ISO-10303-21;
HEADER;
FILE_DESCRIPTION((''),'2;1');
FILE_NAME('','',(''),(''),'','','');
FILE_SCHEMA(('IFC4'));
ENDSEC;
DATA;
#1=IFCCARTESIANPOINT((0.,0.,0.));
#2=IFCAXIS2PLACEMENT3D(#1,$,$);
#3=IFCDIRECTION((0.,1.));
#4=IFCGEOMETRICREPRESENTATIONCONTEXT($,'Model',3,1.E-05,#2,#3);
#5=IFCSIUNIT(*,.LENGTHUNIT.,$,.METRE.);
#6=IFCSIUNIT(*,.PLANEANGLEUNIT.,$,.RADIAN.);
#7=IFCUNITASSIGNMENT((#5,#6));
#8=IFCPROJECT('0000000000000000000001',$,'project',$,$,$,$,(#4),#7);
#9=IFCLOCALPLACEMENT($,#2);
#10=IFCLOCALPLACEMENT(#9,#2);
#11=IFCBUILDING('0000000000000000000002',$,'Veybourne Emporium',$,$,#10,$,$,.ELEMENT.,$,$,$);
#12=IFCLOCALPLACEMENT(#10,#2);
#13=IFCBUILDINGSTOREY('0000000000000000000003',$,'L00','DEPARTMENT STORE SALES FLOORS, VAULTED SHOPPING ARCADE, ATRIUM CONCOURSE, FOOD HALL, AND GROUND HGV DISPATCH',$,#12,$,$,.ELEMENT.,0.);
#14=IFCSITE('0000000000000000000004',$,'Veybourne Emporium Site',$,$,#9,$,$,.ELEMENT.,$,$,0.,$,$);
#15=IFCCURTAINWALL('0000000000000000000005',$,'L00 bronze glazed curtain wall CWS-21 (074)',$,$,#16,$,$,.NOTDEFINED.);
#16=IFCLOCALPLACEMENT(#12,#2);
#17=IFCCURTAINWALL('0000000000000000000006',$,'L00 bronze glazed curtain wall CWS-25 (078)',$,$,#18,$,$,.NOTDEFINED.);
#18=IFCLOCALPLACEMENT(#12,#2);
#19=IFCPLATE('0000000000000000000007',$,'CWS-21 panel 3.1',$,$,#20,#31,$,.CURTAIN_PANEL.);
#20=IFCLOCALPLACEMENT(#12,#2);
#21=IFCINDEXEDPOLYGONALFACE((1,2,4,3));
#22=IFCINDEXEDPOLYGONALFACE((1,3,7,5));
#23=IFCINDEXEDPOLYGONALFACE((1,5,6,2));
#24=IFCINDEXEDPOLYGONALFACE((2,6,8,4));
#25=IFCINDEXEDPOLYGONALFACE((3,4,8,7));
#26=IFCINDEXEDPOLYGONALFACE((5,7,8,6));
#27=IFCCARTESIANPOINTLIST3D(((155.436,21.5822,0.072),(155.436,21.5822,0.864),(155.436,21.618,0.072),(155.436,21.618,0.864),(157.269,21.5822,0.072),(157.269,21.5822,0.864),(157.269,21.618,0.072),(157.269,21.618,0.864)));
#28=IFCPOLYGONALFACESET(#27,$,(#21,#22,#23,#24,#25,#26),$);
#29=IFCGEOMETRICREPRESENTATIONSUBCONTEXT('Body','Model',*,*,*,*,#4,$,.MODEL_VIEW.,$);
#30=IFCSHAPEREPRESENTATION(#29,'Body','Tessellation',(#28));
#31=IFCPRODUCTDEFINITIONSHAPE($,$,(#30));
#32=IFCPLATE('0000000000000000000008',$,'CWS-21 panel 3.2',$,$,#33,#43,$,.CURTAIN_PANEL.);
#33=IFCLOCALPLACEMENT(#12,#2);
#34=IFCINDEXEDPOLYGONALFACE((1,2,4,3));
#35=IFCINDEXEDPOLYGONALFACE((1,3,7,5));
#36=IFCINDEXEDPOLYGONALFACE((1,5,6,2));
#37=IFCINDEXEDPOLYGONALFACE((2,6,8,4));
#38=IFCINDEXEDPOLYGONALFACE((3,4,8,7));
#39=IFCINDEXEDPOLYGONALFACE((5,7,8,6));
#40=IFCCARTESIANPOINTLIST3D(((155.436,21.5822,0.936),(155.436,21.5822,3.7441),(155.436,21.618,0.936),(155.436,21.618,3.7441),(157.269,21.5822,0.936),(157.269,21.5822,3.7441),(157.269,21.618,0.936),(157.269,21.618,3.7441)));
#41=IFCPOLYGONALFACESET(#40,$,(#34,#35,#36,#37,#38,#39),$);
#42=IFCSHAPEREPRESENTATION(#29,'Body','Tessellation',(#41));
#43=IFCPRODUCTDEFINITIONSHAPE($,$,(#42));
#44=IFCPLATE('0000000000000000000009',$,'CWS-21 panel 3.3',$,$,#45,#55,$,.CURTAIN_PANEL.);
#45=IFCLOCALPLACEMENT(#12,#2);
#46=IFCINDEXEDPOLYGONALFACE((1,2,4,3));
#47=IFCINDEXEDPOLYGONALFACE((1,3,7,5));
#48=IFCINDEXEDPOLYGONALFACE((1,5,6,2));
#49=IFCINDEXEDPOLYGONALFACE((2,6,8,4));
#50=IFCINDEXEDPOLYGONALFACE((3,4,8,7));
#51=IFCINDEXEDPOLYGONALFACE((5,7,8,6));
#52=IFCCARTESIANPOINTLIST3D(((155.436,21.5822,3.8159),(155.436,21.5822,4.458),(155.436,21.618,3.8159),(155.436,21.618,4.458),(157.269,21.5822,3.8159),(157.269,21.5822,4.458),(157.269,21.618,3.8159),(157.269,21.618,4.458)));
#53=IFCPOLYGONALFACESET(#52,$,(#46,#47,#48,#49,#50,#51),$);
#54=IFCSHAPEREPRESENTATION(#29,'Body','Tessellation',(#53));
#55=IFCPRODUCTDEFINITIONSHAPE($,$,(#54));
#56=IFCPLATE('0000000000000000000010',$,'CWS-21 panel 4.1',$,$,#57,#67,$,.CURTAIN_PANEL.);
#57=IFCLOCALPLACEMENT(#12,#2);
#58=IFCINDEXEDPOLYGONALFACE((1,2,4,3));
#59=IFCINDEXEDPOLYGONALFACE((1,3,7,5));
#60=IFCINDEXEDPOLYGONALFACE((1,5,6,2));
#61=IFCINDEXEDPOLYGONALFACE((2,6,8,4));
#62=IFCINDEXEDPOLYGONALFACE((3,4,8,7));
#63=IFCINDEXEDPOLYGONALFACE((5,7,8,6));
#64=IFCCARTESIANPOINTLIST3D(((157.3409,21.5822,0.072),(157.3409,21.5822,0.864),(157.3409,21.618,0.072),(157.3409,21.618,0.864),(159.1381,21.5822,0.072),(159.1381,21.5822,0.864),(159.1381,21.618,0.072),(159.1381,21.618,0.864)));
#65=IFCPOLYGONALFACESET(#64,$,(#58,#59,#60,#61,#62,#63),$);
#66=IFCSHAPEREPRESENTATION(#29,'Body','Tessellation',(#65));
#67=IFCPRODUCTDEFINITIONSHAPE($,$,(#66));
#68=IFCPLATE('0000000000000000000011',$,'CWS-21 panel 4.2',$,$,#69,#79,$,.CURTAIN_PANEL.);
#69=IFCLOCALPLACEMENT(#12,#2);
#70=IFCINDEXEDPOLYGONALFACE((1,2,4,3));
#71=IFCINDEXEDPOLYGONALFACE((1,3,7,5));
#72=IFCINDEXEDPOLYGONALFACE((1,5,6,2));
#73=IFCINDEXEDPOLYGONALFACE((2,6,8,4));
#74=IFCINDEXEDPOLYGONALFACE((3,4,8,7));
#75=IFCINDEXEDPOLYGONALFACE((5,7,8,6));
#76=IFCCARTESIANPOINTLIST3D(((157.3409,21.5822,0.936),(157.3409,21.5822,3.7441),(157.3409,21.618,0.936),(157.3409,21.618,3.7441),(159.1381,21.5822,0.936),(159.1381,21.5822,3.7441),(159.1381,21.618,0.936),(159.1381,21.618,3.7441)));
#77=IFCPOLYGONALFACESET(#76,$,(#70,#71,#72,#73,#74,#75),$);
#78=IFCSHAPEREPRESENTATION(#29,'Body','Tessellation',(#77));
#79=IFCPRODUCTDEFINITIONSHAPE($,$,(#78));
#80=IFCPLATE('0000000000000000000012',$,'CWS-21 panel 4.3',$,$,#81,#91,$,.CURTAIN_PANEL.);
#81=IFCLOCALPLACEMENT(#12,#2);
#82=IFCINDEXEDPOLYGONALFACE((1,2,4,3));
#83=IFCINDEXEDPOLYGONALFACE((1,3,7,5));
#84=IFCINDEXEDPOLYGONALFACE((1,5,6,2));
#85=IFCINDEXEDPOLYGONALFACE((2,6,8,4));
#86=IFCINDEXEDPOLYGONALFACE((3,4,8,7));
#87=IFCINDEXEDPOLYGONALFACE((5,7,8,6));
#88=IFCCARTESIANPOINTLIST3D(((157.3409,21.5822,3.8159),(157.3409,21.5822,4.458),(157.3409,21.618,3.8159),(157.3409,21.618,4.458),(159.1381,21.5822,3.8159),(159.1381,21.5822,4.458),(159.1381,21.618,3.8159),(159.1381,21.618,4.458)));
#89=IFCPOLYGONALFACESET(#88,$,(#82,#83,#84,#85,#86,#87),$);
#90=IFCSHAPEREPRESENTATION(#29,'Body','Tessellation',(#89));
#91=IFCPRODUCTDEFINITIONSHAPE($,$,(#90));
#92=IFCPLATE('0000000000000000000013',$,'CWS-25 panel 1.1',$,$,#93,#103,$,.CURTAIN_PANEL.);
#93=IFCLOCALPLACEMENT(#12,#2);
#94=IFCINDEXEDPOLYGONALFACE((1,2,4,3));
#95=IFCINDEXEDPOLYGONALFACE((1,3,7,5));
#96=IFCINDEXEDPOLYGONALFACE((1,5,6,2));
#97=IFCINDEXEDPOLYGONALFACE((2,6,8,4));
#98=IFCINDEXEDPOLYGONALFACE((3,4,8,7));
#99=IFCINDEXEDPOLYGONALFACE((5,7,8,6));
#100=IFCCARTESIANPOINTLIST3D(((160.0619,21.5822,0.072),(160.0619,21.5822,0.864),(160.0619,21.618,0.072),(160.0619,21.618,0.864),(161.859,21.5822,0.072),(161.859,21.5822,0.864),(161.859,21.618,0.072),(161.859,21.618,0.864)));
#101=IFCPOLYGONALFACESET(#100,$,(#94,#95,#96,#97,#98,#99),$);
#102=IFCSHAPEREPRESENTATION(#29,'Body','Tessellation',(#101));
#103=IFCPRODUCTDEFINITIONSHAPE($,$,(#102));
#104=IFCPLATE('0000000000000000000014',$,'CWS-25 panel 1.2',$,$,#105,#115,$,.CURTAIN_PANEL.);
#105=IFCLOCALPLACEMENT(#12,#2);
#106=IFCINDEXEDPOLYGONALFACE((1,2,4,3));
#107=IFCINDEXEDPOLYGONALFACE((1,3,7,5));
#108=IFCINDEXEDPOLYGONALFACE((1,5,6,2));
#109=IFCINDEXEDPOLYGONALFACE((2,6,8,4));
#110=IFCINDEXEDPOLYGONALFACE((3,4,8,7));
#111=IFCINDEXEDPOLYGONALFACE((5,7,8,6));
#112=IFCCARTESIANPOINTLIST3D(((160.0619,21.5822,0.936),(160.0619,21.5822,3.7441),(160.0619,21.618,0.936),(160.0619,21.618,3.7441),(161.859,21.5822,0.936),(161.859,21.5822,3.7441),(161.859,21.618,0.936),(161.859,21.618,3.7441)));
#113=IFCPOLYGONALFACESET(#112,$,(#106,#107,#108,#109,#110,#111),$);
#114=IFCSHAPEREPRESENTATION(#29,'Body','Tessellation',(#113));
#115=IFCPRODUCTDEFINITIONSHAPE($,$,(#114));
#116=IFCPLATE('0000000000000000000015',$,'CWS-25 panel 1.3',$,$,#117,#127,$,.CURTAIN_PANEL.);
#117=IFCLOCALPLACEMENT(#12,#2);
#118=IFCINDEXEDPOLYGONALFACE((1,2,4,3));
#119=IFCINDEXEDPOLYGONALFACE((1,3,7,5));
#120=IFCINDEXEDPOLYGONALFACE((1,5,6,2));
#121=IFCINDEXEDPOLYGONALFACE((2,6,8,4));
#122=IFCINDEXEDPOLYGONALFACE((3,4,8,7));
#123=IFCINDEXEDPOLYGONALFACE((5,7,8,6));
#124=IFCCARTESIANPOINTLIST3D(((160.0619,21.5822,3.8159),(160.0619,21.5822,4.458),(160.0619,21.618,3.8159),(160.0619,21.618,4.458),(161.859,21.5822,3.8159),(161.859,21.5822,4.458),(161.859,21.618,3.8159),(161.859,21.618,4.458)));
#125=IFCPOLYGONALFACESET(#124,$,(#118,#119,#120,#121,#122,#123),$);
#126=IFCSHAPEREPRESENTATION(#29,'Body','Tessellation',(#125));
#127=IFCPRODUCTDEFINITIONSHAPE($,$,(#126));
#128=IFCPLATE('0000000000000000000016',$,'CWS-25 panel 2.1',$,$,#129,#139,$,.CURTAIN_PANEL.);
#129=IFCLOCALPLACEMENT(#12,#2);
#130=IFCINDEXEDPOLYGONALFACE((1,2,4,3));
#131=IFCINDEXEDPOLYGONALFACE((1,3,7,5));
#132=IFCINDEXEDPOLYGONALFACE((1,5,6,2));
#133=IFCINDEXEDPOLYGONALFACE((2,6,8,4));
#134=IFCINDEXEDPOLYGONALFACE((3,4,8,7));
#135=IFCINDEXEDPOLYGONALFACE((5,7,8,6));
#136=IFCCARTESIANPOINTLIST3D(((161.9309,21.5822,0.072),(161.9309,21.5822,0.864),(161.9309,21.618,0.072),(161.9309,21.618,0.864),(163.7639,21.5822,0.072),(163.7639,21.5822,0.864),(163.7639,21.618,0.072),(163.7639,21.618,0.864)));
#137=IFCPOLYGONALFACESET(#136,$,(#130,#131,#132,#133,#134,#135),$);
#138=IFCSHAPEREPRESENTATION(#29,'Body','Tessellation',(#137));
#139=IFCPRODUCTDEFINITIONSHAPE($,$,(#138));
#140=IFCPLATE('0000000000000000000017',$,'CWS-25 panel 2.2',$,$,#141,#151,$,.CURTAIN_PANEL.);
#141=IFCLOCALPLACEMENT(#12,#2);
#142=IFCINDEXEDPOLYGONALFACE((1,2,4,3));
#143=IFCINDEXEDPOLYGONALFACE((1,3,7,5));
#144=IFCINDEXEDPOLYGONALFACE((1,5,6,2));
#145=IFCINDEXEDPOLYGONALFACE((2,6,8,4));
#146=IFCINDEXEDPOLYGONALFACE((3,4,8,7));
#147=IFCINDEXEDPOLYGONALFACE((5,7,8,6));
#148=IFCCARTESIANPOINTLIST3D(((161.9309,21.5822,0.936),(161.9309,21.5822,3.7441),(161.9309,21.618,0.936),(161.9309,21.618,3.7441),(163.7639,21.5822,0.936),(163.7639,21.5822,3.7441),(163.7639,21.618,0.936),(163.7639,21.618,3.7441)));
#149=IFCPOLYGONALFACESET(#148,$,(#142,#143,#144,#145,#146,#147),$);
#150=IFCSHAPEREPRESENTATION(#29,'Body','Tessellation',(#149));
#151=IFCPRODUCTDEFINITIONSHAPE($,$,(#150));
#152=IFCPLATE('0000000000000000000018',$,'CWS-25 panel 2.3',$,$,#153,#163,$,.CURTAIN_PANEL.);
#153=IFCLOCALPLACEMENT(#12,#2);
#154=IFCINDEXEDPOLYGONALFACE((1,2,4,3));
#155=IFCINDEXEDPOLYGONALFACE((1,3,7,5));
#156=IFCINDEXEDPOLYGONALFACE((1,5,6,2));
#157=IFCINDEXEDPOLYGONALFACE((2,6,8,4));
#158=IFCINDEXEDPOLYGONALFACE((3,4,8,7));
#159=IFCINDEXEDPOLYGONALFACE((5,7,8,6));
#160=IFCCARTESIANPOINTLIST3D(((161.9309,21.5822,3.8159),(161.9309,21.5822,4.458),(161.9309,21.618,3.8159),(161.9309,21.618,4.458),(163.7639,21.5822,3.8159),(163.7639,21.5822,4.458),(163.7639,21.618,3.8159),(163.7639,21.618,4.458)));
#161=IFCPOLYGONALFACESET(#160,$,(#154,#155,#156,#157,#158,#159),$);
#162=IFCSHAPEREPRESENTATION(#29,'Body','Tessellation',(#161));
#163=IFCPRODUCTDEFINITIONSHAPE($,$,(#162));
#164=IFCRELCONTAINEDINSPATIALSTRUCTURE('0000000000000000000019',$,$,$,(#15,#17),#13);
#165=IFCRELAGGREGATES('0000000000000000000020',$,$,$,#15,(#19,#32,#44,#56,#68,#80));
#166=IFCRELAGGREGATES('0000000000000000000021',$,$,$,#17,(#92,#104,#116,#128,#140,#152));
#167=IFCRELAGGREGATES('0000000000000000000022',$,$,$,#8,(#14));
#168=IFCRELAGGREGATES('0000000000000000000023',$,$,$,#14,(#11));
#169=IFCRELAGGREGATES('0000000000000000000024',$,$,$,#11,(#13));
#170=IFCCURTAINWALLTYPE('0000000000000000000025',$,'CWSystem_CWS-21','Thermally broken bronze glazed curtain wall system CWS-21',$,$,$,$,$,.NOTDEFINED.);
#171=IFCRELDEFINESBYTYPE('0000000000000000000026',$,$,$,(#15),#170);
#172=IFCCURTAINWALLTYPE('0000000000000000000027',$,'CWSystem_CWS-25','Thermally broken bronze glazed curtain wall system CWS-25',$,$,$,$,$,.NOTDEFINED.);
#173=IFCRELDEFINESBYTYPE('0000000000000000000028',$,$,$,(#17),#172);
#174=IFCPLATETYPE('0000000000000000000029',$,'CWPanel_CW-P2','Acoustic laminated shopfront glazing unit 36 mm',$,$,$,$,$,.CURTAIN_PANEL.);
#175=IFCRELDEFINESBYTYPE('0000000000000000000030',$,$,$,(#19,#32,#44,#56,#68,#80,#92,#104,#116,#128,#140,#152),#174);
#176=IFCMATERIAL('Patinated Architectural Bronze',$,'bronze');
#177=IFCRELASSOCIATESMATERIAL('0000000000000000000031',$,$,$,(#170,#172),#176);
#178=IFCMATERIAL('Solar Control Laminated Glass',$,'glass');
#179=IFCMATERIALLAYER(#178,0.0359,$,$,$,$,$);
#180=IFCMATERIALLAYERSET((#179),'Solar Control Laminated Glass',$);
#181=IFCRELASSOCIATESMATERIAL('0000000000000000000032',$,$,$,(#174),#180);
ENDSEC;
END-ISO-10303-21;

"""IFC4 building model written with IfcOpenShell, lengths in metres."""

from ifc_helpers import new_model, si_unit, direction, frame, origin, origin_2d, place, context, subcontext, project, spatial, rectangle, extrude, material, layer, layer_set, type_object, element, aggregate, save


model = new_model("IFC4")

# Units and contexts
model_context = context("Model", 3, precision=1e-05, world=origin(), true_north=direction((0.0, 1.0)))
body_context = subcontext(model_context, "Body", "Model", "MODEL_VIEW")
ifc_project = project(units=[si_unit("LENGTHUNIT", "METRE"), si_unit("PLANEANGLEUNIT", "RADIAN")], contexts=[model_context])

# Site, building, storey
site_placement = place(None, origin())
site = spatial("IfcSite", under=ifc_project, at=site_placement, Name="Veybourne Emporium Site", CompositionType="ELEMENT", RefElevation=0.0)
building_placement = place(site_placement, origin())
building = spatial("IfcBuilding", under=site, at=building_placement, Name="Veybourne Emporium", CompositionType="ELEMENT")
storey_placement = place(building_placement, origin())
storey = spatial("IfcBuildingStorey", under=building, at=storey_placement, Name="L00", Description="DEPARTMENT STORE SALES FLOORS, VAULTED SHOPPING ARCADE, ATRIUM CONCOURSE, FOOD HALL, AND GROUND HGV DISPATCH", CompositionType="ELEMENT", Elevation=0.0)

# Curtain walls
ifc_material_1 = material(Name="Patinated Architectural Bronze", Category="bronze")
curtain_wall_type_1 = type_object("IfcCurtainWallType", Name="CWSystem_CWS-21", Description="Thermally broken bronze glazed curtain wall system CWS-21", PredefinedType="NOTDEFINED", material=ifc_material_1)
curtain_wall_1_placement = place(storey_placement, origin())
curtain_wall_1 = element("IfcCurtainWall", 1, at=curtain_wall_1_placement, inside=storey, type_object=curtain_wall_type_1, Name="L00 bronze glazed curtain wall CWS-21 (074)", PredefinedType="NOTDEFINED")
curtain_wall_type_2 = type_object("IfcCurtainWallType", Name="CWSystem_CWS-25", Description="Thermally broken bronze glazed curtain wall system CWS-25", PredefinedType="NOTDEFINED", material=ifc_material_1)
curtain_wall_2_placement = place(storey_placement, origin())
curtain_wall_2 = element("IfcCurtainWall", 2, at=curtain_wall_2_placement, inside=storey, type_object=curtain_wall_type_2, Name="L00 bronze glazed curtain wall CWS-25 (078)", PredefinedType="NOTDEFINED")

# Plates
ifc_material_2 = material(Name="Solar Control Laminated Glass", Category="glass")
ifc_layer = layer(ifc_material_2, 0.0359)
ifc_layer_set = layer_set([ifc_layer], Name="Solar Control Laminated Glass")
plate_type = type_object("IfcPlateType", Name="CWPanel_CW-P2", Description="Acoustic laminated shopfront glazing unit 36 mm", PredefinedType="CURTAIN_PANEL", material=ifc_layer_set)
plate_1_placement = place(storey_placement, frame((156.3525, 21.6001, 0.072), z_axis=(0.0, 0.0, 1.0), x_axis=(1.0, 0.0, 0.0)))
plate_1 = element("IfcPlate", 3, at=plate_1_placement, type_object=plate_type, Name="CWS-21 panel 3.1", PredefinedType="CURTAIN_PANEL", context=body_context, shape_type="SweptSolid", body=[
    extrude(rectangle(XDim=1.833, YDim=0.0359, at=origin_2d()), origin(), (0.0, 0.0, 1.0), 0.792),
])
plate_2_placement = place(storey_placement, frame((156.3525, 21.6001, 0.936), z_axis=(0.0, 0.0, 1.0), x_axis=(1.0, 0.0, 0.0)))
plate_2 = element("IfcPlate", 4, at=plate_2_placement, type_object=plate_type, Name="CWS-21 panel 3.2", PredefinedType="CURTAIN_PANEL", context=body_context, shape_type="SweptSolid", body=[
    extrude(rectangle(XDim=1.833, YDim=0.0359, at=origin_2d()), origin(), (0.0, 0.0, 1.0), 2.8081),
])
plate_3_placement = place(storey_placement, frame((156.3525, 21.6001, 3.8159), z_axis=(0.0, 0.0, 1.0), x_axis=(1.0, 0.0, 0.0)))
plate_3 = element("IfcPlate", 5, at=plate_3_placement, type_object=plate_type, Name="CWS-21 panel 3.3", PredefinedType="CURTAIN_PANEL", context=body_context, shape_type="SweptSolid", body=[
    extrude(rectangle(XDim=1.833, YDim=0.0359, at=origin_2d()), origin(), (0.0, 0.0, 1.0), 0.6421),
])
plate_4_placement = place(storey_placement, frame((158.2395, 21.6001, 0.072), z_axis=(0.0, 0.0, 1.0), x_axis=(1.0, 0.0, 0.0)))
plate_4 = element("IfcPlate", 6, at=plate_4_placement, type_object=plate_type, Name="CWS-21 panel 4.1", PredefinedType="CURTAIN_PANEL", context=body_context, shape_type="SweptSolid", body=[
    extrude(rectangle(XDim=1.7971, YDim=0.0359, at=origin_2d()), origin(), (0.0, 0.0, 1.0), 0.792),
])
plate_5_placement = place(storey_placement, frame((158.2395, 21.6001, 0.936), z_axis=(0.0, 0.0, 1.0), x_axis=(1.0, 0.0, 0.0)))
plate_5 = element("IfcPlate", 7, at=plate_5_placement, type_object=plate_type, Name="CWS-21 panel 4.2", PredefinedType="CURTAIN_PANEL", context=body_context, shape_type="SweptSolid", body=[
    extrude(rectangle(XDim=1.7971, YDim=0.0359, at=origin_2d()), origin(), (0.0, 0.0, 1.0), 2.8081),
])
plate_6_placement = place(storey_placement, frame((158.2395, 21.6001, 3.8159), z_axis=(0.0, 0.0, 1.0), x_axis=(1.0, 0.0, 0.0)))
plate_6 = element("IfcPlate", 8, at=plate_6_placement, type_object=plate_type, Name="CWS-21 panel 4.3", PredefinedType="CURTAIN_PANEL", context=body_context, shape_type="SweptSolid", body=[
    extrude(rectangle(XDim=1.7971, YDim=0.0359, at=origin_2d()), origin(), (0.0, 0.0, 1.0), 0.6421),
])
aggregate(curtain_wall_1, [plate_1, plate_2, plate_3, plate_4, plate_5, plate_6])
plate_7_placement = place(storey_placement, frame((160.9604, 21.6001, 0.072), z_axis=(0.0, 0.0, 1.0), x_axis=(1.0, 0.0, 0.0)))
plate_7 = element("IfcPlate", 9, at=plate_7_placement, type_object=plate_type, Name="CWS-25 panel 1.1", PredefinedType="CURTAIN_PANEL", context=body_context, shape_type="SweptSolid", body=[
    extrude(rectangle(XDim=1.7971, YDim=0.0359, at=origin_2d()), origin(), (0.0, 0.0, 1.0), 0.792),
])
plate_8_placement = place(storey_placement, frame((160.9604, 21.6001, 0.936), z_axis=(0.0, 0.0, 1.0), x_axis=(1.0, 0.0, 0.0)))
plate_8 = element("IfcPlate", 10, at=plate_8_placement, type_object=plate_type, Name="CWS-25 panel 1.2", PredefinedType="CURTAIN_PANEL", context=body_context, shape_type="SweptSolid", body=[
    extrude(rectangle(XDim=1.7971, YDim=0.0359, at=origin_2d()), origin(), (0.0, 0.0, 1.0), 2.8081),
])
plate_9_placement = place(storey_placement, frame((160.9604, 21.6001, 3.8159), z_axis=(0.0, 0.0, 1.0), x_axis=(1.0, 0.0, 0.0)))
plate_9 = element("IfcPlate", 11, at=plate_9_placement, type_object=plate_type, Name="CWS-25 panel 1.3", PredefinedType="CURTAIN_PANEL", context=body_context, shape_type="SweptSolid", body=[
    extrude(rectangle(XDim=1.7971, YDim=0.0359, at=origin_2d()), origin(), (0.0, 0.0, 1.0), 0.6421),
])
plate_10_placement = place(storey_placement, frame((162.8474, 21.6001, 0.072), z_axis=(0.0, 0.0, 1.0), x_axis=(1.0, 0.0, 0.0)))
plate_10 = element("IfcPlate", 12, at=plate_10_placement, type_object=plate_type, Name="CWS-25 panel 2.1", PredefinedType="CURTAIN_PANEL", context=body_context, shape_type="SweptSolid", body=[
    extrude(rectangle(XDim=1.833, YDim=0.0359, at=origin_2d()), origin(), (0.0, 0.0, 1.0), 0.792),
])
plate_11_placement = place(storey_placement, frame((162.8474, 21.6001, 0.936), z_axis=(0.0, 0.0, 1.0), x_axis=(1.0, 0.0, 0.0)))
plate_11 = element("IfcPlate", 13, at=plate_11_placement, type_object=plate_type, Name="CWS-25 panel 2.2", PredefinedType="CURTAIN_PANEL", context=body_context, shape_type="SweptSolid", body=[
    extrude(rectangle(XDim=1.833, YDim=0.0359, at=origin_2d()), origin(), (0.0, 0.0, 1.0), 2.8081),
])
plate_12_placement = place(storey_placement, frame((162.8474, 21.6001, 3.8159), z_axis=(0.0, 0.0, 1.0), x_axis=(1.0, 0.0, 0.0)))
plate_12 = element("IfcPlate", 14, at=plate_12_placement, type_object=plate_type, Name="CWS-25 panel 2.3", PredefinedType="CURTAIN_PANEL", context=body_context, shape_type="SweptSolid", body=[
    extrude(rectangle(XDim=1.833, YDim=0.0359, at=origin_2d()), origin(), (0.0, 0.0, 1.0), 0.6421),
])
aggregate(curtain_wall_2, [plate_7, plate_8, plate_9, plate_10, plate_11, plate_12])

save(model, "model.ifc")
